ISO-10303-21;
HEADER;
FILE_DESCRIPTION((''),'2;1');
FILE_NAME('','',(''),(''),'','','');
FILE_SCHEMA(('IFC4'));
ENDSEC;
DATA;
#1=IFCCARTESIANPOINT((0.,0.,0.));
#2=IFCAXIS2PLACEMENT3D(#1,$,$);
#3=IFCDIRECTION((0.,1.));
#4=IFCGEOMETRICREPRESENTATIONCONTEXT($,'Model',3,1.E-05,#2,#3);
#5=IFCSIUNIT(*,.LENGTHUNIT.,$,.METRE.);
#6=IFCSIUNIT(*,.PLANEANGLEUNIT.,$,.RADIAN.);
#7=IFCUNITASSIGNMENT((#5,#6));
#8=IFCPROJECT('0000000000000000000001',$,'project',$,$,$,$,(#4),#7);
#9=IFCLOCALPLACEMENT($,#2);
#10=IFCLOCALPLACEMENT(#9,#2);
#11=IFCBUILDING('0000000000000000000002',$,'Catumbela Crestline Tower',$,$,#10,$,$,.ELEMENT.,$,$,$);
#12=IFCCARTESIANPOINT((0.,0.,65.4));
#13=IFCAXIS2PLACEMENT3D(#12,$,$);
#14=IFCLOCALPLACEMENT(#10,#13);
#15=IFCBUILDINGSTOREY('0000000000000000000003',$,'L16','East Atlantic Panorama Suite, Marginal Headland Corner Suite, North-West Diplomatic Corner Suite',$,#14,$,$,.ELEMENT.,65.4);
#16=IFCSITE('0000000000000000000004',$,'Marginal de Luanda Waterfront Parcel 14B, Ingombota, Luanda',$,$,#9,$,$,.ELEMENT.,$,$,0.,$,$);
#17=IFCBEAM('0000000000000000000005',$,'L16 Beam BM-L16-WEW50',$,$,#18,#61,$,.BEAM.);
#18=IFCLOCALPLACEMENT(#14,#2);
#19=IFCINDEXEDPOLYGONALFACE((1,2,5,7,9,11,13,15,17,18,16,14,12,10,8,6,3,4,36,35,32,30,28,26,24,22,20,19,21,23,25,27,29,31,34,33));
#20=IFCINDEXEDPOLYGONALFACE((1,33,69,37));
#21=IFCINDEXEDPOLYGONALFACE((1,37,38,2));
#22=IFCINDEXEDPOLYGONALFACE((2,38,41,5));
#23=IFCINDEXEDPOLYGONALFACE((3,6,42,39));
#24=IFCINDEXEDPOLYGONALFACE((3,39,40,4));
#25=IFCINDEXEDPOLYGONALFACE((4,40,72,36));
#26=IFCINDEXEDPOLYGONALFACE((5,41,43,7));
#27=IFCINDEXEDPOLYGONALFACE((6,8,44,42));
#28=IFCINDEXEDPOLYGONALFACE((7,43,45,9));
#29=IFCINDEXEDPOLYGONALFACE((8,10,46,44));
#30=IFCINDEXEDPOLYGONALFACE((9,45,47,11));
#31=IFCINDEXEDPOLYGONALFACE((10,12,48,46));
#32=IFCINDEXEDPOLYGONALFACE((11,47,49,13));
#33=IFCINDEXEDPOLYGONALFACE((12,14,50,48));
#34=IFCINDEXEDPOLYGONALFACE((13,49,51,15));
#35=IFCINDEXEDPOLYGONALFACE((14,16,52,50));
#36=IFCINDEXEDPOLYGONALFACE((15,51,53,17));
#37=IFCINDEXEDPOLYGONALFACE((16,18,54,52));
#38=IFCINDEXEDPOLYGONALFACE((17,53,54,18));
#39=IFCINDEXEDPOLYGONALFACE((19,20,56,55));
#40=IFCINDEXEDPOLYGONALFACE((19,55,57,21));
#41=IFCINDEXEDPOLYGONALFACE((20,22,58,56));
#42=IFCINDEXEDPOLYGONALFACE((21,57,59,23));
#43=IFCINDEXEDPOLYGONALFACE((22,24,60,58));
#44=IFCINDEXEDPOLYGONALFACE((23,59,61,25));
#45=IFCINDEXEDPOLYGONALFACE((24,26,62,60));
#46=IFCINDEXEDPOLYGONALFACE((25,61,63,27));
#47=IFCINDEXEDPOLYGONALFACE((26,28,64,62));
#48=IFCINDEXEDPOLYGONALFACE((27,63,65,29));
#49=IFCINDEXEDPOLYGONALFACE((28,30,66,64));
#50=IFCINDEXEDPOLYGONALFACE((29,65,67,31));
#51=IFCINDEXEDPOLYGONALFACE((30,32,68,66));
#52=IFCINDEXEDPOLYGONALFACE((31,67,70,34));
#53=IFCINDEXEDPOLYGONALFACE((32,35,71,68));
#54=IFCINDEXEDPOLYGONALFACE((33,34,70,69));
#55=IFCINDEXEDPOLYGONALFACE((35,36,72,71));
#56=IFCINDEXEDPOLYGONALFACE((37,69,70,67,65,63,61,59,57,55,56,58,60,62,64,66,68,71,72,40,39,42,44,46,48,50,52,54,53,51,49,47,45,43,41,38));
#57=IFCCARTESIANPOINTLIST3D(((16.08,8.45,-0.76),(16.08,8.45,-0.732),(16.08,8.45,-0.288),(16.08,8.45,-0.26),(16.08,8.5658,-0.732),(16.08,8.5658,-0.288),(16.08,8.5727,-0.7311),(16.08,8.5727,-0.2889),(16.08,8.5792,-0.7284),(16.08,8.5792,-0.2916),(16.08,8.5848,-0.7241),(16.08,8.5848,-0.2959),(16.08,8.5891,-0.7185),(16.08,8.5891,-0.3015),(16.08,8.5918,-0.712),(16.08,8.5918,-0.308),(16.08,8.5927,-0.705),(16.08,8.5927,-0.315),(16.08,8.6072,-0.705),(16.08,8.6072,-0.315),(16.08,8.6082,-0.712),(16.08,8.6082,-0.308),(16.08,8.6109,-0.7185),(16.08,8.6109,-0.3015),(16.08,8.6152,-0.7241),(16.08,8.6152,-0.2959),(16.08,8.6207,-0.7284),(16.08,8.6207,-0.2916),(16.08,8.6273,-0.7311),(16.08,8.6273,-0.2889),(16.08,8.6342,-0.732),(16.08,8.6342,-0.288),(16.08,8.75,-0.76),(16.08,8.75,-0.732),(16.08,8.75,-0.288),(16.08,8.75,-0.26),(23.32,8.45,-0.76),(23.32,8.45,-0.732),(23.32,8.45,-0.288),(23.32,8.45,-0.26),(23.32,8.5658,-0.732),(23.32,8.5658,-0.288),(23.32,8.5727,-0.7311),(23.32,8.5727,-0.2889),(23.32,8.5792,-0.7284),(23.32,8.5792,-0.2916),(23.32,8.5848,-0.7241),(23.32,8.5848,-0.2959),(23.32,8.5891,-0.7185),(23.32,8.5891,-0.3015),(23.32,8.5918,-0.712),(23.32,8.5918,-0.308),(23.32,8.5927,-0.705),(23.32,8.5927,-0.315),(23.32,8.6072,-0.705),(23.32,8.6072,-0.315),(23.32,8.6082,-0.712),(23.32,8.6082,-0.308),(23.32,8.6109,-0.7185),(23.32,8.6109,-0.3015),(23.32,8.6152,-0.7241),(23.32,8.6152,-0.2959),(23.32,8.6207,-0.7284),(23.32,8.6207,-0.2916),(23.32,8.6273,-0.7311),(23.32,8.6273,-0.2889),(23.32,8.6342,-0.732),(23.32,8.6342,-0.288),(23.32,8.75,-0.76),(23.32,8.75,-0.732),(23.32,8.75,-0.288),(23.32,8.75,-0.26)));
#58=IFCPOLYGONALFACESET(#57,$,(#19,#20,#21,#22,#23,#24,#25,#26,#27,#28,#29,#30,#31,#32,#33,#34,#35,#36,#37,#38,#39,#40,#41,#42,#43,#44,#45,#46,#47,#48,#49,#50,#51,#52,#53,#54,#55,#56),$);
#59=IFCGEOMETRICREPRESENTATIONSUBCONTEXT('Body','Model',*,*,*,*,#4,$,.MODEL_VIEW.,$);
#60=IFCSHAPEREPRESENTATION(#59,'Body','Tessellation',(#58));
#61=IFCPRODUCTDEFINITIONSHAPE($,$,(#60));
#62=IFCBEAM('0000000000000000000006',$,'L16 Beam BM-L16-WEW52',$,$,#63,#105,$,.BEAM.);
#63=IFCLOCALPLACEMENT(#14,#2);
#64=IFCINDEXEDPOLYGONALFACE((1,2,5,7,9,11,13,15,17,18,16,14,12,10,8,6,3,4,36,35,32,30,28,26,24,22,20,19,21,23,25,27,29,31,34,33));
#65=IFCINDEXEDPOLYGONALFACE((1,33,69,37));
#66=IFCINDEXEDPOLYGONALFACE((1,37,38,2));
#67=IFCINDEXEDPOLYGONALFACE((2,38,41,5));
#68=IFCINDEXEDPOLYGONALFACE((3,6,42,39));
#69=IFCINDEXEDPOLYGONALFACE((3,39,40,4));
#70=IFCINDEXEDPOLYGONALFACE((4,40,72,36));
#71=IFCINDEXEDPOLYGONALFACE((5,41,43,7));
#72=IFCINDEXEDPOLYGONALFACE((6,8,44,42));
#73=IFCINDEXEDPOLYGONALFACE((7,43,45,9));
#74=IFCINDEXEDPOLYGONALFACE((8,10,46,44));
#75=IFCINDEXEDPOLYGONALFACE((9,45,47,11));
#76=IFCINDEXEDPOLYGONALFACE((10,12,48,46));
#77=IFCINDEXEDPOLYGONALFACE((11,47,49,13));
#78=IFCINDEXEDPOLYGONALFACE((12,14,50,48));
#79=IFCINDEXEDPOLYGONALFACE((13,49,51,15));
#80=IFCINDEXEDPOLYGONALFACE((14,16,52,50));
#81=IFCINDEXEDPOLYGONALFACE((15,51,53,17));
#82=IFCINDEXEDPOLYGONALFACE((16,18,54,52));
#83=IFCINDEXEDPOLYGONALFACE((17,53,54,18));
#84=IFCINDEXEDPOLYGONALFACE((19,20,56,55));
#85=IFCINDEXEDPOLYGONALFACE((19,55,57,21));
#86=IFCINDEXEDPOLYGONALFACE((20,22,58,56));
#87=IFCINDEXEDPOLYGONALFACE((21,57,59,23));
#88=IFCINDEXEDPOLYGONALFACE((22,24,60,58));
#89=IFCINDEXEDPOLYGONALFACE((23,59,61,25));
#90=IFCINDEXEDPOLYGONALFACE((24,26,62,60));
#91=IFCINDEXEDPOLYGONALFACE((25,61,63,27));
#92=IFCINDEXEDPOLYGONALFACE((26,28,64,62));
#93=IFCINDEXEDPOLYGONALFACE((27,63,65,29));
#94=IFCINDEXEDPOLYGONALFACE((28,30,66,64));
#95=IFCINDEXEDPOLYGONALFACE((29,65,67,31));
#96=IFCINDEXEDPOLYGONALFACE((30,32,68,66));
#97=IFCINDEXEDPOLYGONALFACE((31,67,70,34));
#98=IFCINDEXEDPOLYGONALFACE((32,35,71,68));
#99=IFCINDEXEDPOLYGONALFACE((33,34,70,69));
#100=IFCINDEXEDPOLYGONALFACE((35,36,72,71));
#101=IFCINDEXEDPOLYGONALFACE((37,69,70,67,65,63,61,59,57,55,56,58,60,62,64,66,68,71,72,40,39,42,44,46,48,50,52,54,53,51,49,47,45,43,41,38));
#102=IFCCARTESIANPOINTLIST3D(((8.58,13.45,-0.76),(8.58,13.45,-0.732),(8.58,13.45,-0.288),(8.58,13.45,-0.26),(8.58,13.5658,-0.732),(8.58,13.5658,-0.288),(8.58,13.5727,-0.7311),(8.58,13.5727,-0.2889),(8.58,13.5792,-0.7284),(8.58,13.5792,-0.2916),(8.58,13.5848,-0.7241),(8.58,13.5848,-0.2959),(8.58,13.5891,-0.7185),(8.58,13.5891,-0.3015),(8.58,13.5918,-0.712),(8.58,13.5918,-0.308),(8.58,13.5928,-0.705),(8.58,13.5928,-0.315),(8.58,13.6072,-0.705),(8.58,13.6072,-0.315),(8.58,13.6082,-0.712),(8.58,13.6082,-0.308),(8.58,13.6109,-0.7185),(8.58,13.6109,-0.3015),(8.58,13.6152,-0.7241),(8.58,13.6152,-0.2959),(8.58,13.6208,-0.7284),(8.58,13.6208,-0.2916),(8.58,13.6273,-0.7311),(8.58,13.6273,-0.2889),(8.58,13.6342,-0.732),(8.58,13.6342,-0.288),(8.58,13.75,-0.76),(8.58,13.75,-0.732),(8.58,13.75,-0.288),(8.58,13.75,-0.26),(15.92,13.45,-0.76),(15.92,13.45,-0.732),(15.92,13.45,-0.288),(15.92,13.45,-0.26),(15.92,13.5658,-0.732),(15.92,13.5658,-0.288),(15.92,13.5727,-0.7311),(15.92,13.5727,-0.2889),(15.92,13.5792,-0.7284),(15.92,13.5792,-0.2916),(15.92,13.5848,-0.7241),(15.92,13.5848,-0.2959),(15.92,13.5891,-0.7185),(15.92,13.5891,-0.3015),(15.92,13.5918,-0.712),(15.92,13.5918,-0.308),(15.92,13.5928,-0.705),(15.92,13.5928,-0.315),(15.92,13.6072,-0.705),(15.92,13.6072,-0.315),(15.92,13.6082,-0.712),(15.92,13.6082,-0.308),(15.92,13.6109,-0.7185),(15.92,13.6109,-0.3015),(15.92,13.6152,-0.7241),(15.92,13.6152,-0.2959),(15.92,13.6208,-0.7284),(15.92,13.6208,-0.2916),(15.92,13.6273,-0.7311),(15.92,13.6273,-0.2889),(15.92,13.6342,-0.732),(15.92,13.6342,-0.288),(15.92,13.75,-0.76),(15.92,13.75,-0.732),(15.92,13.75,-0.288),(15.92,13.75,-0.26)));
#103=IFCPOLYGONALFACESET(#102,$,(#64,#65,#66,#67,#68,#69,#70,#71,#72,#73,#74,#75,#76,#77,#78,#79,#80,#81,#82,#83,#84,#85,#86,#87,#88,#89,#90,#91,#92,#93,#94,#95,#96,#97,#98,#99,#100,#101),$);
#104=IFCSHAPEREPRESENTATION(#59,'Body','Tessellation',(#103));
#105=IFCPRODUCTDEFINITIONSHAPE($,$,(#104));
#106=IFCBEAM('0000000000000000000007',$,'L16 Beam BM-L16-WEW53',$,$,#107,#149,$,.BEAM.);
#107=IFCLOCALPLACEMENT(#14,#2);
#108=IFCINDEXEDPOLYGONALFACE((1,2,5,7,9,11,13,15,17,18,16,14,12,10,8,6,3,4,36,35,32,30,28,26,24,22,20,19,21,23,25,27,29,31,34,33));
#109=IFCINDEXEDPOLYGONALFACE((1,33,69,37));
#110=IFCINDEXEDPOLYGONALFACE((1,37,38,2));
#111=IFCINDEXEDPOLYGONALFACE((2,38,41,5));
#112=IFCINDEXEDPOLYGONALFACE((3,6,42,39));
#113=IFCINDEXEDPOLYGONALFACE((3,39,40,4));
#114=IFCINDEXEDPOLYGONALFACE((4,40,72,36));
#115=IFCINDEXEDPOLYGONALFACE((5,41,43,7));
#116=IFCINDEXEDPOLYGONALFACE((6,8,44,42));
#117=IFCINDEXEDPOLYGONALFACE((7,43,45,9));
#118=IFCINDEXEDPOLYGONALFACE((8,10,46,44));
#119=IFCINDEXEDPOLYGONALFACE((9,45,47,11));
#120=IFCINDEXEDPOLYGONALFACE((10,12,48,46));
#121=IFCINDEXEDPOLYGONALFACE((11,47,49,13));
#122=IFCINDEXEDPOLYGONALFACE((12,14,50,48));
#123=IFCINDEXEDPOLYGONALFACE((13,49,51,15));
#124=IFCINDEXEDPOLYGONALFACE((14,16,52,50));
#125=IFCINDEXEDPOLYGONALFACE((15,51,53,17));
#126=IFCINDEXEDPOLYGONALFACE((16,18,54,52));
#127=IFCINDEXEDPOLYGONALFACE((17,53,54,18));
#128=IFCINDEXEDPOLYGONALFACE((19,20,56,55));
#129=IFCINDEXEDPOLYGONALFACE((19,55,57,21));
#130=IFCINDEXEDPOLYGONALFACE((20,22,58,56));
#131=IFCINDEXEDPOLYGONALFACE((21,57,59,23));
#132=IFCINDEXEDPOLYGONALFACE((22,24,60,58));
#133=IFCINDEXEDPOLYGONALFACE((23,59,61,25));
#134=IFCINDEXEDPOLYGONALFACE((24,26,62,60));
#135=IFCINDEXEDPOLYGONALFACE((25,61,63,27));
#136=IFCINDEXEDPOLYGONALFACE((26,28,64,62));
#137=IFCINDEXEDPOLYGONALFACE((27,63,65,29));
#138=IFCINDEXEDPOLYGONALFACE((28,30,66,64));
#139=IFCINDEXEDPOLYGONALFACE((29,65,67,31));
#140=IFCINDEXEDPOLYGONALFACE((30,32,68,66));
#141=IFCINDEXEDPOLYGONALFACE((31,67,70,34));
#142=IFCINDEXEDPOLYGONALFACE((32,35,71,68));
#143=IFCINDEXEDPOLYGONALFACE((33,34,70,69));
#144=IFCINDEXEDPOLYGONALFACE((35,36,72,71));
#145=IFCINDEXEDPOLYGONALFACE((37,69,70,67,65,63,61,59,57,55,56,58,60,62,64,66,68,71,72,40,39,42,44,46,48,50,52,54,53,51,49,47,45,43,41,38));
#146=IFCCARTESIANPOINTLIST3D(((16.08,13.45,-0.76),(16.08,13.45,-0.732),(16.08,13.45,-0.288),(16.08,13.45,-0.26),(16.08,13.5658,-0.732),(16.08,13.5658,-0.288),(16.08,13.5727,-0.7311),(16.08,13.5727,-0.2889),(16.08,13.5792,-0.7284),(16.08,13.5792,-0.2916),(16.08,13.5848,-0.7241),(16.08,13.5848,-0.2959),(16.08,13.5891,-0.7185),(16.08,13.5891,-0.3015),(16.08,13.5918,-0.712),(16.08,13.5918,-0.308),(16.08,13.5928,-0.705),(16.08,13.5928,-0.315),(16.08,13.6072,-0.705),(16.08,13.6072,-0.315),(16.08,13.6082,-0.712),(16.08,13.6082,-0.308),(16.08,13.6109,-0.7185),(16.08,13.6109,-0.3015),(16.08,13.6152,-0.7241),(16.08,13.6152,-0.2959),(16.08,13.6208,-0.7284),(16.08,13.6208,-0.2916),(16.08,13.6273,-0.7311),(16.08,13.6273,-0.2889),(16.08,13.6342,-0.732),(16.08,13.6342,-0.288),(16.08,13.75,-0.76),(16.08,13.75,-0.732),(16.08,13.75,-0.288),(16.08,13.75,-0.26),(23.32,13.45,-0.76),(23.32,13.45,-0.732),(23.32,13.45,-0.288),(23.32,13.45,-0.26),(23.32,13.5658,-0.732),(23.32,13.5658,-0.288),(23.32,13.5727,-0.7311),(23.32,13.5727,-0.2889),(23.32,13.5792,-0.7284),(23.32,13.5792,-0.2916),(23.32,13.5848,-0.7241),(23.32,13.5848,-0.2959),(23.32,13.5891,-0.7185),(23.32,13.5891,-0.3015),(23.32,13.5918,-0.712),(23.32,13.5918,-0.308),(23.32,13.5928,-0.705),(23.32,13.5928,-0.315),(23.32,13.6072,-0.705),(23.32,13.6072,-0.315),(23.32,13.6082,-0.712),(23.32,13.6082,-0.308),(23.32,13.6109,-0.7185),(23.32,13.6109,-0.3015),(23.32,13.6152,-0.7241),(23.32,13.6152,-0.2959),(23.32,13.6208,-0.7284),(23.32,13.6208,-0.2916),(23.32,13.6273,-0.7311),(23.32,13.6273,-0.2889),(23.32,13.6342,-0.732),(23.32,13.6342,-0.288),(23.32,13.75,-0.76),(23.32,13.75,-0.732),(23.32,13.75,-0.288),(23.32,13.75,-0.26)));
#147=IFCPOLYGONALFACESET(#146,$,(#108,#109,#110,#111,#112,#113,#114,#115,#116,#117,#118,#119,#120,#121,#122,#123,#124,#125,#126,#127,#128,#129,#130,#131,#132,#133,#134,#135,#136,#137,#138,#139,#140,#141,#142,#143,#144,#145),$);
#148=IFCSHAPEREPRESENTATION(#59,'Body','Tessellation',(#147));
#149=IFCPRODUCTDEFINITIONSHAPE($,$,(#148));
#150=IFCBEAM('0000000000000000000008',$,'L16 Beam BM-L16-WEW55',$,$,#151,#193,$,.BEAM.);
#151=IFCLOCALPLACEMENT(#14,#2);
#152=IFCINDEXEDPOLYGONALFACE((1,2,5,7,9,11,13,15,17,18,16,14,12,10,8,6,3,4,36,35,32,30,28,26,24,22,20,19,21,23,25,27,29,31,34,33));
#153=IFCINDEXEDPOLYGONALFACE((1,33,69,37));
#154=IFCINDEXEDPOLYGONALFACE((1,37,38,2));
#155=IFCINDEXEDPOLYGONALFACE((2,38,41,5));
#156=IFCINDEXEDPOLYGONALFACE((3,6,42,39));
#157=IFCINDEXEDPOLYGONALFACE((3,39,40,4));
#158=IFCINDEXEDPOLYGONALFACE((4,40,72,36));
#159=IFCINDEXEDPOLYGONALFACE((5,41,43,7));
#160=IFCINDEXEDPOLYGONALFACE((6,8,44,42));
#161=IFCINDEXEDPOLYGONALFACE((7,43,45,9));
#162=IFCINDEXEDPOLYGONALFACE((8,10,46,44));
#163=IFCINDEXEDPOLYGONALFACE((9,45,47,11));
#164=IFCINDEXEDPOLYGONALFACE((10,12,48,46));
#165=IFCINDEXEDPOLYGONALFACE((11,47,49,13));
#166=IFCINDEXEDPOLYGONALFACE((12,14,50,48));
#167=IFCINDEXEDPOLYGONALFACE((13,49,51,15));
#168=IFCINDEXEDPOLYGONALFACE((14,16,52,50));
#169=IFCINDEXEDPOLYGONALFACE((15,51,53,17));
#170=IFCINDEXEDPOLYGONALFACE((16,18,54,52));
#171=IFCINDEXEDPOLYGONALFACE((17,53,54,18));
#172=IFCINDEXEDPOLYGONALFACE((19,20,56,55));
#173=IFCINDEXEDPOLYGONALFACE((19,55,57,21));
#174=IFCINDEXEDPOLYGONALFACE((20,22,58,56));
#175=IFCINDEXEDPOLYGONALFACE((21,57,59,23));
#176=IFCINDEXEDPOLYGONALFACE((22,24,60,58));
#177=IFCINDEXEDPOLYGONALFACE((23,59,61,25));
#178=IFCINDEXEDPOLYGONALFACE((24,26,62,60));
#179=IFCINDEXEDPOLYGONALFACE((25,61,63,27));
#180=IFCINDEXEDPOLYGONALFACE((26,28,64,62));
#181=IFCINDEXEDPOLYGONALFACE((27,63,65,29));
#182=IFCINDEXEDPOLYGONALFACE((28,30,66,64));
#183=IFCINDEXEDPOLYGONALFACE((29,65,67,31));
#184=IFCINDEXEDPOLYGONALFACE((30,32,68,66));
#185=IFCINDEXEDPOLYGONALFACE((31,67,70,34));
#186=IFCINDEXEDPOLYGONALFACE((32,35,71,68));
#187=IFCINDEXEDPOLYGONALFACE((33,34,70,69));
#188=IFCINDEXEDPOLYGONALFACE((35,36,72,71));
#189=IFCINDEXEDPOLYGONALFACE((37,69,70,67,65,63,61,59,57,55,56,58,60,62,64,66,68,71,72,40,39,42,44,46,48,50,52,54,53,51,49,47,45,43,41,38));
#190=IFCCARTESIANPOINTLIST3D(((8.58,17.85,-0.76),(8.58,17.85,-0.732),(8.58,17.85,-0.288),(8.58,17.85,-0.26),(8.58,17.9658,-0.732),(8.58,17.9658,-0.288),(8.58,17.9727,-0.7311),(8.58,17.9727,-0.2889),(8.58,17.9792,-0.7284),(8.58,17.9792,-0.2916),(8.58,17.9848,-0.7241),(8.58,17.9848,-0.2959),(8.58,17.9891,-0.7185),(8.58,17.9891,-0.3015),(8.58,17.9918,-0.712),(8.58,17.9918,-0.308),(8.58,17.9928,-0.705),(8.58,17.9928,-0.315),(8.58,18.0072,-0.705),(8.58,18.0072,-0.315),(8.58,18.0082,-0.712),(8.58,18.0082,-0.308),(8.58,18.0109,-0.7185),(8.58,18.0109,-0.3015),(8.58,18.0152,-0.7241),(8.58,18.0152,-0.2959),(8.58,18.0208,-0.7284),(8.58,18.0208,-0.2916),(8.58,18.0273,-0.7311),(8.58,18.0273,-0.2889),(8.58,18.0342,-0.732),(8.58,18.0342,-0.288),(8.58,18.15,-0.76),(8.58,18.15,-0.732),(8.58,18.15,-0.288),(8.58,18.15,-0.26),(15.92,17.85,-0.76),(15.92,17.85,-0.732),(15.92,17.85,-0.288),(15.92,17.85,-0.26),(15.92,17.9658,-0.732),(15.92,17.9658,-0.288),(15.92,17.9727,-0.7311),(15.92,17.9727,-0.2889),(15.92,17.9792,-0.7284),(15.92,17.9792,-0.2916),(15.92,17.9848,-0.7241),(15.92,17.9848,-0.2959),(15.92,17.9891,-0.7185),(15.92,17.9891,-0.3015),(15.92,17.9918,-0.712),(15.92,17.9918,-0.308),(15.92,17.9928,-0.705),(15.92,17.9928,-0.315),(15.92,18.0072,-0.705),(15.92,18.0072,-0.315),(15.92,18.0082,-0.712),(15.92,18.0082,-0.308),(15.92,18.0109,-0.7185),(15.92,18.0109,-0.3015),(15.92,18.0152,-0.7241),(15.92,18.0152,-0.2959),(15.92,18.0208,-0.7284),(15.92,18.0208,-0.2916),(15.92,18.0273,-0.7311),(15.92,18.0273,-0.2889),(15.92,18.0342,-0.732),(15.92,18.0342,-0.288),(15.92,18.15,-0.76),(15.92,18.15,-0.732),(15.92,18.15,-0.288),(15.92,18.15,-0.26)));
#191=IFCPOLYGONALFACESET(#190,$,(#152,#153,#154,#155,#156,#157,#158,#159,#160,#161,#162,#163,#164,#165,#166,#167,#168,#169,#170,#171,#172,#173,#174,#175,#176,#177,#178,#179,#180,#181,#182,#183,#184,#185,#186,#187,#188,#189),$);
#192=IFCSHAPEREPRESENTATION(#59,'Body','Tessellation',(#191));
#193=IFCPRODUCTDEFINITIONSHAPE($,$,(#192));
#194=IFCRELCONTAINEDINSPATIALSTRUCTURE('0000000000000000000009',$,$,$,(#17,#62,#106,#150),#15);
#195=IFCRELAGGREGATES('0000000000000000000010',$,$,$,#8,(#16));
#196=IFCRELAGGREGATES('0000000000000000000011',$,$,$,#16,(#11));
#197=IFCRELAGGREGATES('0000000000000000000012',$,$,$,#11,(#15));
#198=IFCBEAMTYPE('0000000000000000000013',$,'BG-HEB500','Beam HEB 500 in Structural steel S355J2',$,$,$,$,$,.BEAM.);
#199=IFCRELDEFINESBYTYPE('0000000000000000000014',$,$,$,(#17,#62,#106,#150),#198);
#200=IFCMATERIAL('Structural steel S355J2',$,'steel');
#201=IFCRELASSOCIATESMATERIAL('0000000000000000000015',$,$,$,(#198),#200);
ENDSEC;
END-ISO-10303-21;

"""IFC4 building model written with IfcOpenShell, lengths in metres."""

from ifc_helpers import new_model, si_unit, direction, frame, origin, origin_2d, place, context, subcontext, project, spatial, i_section, extrude, material, material_profile, profile_set, type_object, element, save


model = new_model("IFC4")

# Units and contexts
model_context = context("Model", 3, precision=1e-05, world=origin(), true_north=direction((0.0, 1.0)))
body_context = subcontext(model_context, "Body", "Model", "MODEL_VIEW")
ifc_project = project(units=[si_unit("LENGTHUNIT", "METRE"), si_unit("PLANEANGLEUNIT", "RADIAN")], contexts=[model_context])

# Site, building, storey
site_placement = place(None, origin())
site = spatial("IfcSite", under=ifc_project, at=site_placement, Name="Marginal de Luanda Waterfront Parcel 14B, Ingombota, Luanda", CompositionType="ELEMENT", RefElevation=0.0)
building_placement = place(site_placement, origin())
building = spatial("IfcBuilding", under=site, at=building_placement, Name="Catumbela Crestline Tower", CompositionType="ELEMENT")
storey_placement = place(building_placement, frame((0.0, 0.0, 65.4)))
storey = spatial("IfcBuildingStorey", under=building, at=storey_placement, Name="L16", Description="East Atlantic Panorama Suite, Marginal Headland Corner Suite, North-West Diplomatic Corner Suite", CompositionType="ELEMENT", Elevation=65.4)

# Beams
ifc_material_1 = material(Name="Structural steel S355J2", Category="steel")
ifc_material_profile_1 = material_profile(ifc_material_1, i_section(OverallWidth=0.3, OverallDepth=0.5, WebThickness=0.0145, FlangeThickness=0.028, FilletRadius=0.027, at=origin_2d()), Name="HEB 500")
ifc_profile_set_1 = profile_set([ifc_material_profile_1], Name="Structural steel S355J2")
beam_type_1 = type_object("IfcBeamType", Name="BG-HEB500", Description="Beam HEB 500 in Structural steel S355J2", PredefinedType="BEAM", material=ifc_profile_set_1)
beam_1_placement = place(storey_placement, frame((16.08, 8.6, -0.51), z_axis=(1.0, 0.0, 0.0), x_axis=(0.0, 1.0, 0.0)))
element("IfcBeam", 1, at=beam_1_placement, inside=storey, type_object=beam_type_1, Name="L16 Beam BM-L16-WEW50", PredefinedType="BEAM", context=body_context, shape_type="SweptSolid", body=[
    extrude(i_section(OverallWidth=0.3, OverallDepth=0.5, WebThickness=0.0145, FlangeThickness=0.028, FilletRadius=0.027, at=origin_2d()), origin(), (0.0, 0.0, 1.0), 7.24),
])
beam_2_placement = place(storey_placement, frame((8.58, 13.6, -0.51), z_axis=(1.0, 0.0, 0.0), x_axis=(0.0, 1.0, 0.0)))
element("IfcBeam", 2, at=beam_2_placement, inside=storey, type_object=beam_type_1, Name="L16 Beam BM-L16-WEW52", PredefinedType="BEAM", context=body_context, shape_type="SweptSolid", body=[
    extrude(i_section(OverallWidth=0.3, OverallDepth=0.5, WebThickness=0.0145, FlangeThickness=0.028, FilletRadius=0.027, at=origin_2d()), origin(), (0.0, 0.0, 1.0), 7.34),
])
beam_3_placement = place(storey_placement, frame((16.08, 13.6, -0.51), z_axis=(1.0, 0.0, 0.0), x_axis=(0.0, 1.0, 0.0)))
element("IfcBeam", 3, at=beam_3_placement, inside=storey, type_object=beam_type_1, Name="L16 Beam BM-L16-WEW53", PredefinedType="BEAM", context=body_context, shape_type="SweptSolid", body=[
    extrude(i_section(OverallWidth=0.3, OverallDepth=0.5, WebThickness=0.0145, FlangeThickness=0.028, FilletRadius=0.027, at=origin_2d()), origin(), (0.0, 0.0, 1.0), 7.24),
])
beam_4_placement = place(storey_placement, frame((8.58, 18.0, -0.51), z_axis=(1.0, 0.0, 0.0), x_axis=(0.0, 1.0, 0.0)))
element("IfcBeam", 4, at=beam_4_placement, inside=storey, type_object=beam_type_1, Name="L16 Beam BM-L16-WEW55", PredefinedType="BEAM", context=body_context, shape_type="SweptSolid", body=[
    extrude(i_section(OverallWidth=0.3, OverallDepth=0.5, WebThickness=0.0145, FlangeThickness=0.028, FilletRadius=0.027, at=origin_2d()), origin(), (0.0, 0.0, 1.0), 7.34),
])

save(model, "model.ifc")
